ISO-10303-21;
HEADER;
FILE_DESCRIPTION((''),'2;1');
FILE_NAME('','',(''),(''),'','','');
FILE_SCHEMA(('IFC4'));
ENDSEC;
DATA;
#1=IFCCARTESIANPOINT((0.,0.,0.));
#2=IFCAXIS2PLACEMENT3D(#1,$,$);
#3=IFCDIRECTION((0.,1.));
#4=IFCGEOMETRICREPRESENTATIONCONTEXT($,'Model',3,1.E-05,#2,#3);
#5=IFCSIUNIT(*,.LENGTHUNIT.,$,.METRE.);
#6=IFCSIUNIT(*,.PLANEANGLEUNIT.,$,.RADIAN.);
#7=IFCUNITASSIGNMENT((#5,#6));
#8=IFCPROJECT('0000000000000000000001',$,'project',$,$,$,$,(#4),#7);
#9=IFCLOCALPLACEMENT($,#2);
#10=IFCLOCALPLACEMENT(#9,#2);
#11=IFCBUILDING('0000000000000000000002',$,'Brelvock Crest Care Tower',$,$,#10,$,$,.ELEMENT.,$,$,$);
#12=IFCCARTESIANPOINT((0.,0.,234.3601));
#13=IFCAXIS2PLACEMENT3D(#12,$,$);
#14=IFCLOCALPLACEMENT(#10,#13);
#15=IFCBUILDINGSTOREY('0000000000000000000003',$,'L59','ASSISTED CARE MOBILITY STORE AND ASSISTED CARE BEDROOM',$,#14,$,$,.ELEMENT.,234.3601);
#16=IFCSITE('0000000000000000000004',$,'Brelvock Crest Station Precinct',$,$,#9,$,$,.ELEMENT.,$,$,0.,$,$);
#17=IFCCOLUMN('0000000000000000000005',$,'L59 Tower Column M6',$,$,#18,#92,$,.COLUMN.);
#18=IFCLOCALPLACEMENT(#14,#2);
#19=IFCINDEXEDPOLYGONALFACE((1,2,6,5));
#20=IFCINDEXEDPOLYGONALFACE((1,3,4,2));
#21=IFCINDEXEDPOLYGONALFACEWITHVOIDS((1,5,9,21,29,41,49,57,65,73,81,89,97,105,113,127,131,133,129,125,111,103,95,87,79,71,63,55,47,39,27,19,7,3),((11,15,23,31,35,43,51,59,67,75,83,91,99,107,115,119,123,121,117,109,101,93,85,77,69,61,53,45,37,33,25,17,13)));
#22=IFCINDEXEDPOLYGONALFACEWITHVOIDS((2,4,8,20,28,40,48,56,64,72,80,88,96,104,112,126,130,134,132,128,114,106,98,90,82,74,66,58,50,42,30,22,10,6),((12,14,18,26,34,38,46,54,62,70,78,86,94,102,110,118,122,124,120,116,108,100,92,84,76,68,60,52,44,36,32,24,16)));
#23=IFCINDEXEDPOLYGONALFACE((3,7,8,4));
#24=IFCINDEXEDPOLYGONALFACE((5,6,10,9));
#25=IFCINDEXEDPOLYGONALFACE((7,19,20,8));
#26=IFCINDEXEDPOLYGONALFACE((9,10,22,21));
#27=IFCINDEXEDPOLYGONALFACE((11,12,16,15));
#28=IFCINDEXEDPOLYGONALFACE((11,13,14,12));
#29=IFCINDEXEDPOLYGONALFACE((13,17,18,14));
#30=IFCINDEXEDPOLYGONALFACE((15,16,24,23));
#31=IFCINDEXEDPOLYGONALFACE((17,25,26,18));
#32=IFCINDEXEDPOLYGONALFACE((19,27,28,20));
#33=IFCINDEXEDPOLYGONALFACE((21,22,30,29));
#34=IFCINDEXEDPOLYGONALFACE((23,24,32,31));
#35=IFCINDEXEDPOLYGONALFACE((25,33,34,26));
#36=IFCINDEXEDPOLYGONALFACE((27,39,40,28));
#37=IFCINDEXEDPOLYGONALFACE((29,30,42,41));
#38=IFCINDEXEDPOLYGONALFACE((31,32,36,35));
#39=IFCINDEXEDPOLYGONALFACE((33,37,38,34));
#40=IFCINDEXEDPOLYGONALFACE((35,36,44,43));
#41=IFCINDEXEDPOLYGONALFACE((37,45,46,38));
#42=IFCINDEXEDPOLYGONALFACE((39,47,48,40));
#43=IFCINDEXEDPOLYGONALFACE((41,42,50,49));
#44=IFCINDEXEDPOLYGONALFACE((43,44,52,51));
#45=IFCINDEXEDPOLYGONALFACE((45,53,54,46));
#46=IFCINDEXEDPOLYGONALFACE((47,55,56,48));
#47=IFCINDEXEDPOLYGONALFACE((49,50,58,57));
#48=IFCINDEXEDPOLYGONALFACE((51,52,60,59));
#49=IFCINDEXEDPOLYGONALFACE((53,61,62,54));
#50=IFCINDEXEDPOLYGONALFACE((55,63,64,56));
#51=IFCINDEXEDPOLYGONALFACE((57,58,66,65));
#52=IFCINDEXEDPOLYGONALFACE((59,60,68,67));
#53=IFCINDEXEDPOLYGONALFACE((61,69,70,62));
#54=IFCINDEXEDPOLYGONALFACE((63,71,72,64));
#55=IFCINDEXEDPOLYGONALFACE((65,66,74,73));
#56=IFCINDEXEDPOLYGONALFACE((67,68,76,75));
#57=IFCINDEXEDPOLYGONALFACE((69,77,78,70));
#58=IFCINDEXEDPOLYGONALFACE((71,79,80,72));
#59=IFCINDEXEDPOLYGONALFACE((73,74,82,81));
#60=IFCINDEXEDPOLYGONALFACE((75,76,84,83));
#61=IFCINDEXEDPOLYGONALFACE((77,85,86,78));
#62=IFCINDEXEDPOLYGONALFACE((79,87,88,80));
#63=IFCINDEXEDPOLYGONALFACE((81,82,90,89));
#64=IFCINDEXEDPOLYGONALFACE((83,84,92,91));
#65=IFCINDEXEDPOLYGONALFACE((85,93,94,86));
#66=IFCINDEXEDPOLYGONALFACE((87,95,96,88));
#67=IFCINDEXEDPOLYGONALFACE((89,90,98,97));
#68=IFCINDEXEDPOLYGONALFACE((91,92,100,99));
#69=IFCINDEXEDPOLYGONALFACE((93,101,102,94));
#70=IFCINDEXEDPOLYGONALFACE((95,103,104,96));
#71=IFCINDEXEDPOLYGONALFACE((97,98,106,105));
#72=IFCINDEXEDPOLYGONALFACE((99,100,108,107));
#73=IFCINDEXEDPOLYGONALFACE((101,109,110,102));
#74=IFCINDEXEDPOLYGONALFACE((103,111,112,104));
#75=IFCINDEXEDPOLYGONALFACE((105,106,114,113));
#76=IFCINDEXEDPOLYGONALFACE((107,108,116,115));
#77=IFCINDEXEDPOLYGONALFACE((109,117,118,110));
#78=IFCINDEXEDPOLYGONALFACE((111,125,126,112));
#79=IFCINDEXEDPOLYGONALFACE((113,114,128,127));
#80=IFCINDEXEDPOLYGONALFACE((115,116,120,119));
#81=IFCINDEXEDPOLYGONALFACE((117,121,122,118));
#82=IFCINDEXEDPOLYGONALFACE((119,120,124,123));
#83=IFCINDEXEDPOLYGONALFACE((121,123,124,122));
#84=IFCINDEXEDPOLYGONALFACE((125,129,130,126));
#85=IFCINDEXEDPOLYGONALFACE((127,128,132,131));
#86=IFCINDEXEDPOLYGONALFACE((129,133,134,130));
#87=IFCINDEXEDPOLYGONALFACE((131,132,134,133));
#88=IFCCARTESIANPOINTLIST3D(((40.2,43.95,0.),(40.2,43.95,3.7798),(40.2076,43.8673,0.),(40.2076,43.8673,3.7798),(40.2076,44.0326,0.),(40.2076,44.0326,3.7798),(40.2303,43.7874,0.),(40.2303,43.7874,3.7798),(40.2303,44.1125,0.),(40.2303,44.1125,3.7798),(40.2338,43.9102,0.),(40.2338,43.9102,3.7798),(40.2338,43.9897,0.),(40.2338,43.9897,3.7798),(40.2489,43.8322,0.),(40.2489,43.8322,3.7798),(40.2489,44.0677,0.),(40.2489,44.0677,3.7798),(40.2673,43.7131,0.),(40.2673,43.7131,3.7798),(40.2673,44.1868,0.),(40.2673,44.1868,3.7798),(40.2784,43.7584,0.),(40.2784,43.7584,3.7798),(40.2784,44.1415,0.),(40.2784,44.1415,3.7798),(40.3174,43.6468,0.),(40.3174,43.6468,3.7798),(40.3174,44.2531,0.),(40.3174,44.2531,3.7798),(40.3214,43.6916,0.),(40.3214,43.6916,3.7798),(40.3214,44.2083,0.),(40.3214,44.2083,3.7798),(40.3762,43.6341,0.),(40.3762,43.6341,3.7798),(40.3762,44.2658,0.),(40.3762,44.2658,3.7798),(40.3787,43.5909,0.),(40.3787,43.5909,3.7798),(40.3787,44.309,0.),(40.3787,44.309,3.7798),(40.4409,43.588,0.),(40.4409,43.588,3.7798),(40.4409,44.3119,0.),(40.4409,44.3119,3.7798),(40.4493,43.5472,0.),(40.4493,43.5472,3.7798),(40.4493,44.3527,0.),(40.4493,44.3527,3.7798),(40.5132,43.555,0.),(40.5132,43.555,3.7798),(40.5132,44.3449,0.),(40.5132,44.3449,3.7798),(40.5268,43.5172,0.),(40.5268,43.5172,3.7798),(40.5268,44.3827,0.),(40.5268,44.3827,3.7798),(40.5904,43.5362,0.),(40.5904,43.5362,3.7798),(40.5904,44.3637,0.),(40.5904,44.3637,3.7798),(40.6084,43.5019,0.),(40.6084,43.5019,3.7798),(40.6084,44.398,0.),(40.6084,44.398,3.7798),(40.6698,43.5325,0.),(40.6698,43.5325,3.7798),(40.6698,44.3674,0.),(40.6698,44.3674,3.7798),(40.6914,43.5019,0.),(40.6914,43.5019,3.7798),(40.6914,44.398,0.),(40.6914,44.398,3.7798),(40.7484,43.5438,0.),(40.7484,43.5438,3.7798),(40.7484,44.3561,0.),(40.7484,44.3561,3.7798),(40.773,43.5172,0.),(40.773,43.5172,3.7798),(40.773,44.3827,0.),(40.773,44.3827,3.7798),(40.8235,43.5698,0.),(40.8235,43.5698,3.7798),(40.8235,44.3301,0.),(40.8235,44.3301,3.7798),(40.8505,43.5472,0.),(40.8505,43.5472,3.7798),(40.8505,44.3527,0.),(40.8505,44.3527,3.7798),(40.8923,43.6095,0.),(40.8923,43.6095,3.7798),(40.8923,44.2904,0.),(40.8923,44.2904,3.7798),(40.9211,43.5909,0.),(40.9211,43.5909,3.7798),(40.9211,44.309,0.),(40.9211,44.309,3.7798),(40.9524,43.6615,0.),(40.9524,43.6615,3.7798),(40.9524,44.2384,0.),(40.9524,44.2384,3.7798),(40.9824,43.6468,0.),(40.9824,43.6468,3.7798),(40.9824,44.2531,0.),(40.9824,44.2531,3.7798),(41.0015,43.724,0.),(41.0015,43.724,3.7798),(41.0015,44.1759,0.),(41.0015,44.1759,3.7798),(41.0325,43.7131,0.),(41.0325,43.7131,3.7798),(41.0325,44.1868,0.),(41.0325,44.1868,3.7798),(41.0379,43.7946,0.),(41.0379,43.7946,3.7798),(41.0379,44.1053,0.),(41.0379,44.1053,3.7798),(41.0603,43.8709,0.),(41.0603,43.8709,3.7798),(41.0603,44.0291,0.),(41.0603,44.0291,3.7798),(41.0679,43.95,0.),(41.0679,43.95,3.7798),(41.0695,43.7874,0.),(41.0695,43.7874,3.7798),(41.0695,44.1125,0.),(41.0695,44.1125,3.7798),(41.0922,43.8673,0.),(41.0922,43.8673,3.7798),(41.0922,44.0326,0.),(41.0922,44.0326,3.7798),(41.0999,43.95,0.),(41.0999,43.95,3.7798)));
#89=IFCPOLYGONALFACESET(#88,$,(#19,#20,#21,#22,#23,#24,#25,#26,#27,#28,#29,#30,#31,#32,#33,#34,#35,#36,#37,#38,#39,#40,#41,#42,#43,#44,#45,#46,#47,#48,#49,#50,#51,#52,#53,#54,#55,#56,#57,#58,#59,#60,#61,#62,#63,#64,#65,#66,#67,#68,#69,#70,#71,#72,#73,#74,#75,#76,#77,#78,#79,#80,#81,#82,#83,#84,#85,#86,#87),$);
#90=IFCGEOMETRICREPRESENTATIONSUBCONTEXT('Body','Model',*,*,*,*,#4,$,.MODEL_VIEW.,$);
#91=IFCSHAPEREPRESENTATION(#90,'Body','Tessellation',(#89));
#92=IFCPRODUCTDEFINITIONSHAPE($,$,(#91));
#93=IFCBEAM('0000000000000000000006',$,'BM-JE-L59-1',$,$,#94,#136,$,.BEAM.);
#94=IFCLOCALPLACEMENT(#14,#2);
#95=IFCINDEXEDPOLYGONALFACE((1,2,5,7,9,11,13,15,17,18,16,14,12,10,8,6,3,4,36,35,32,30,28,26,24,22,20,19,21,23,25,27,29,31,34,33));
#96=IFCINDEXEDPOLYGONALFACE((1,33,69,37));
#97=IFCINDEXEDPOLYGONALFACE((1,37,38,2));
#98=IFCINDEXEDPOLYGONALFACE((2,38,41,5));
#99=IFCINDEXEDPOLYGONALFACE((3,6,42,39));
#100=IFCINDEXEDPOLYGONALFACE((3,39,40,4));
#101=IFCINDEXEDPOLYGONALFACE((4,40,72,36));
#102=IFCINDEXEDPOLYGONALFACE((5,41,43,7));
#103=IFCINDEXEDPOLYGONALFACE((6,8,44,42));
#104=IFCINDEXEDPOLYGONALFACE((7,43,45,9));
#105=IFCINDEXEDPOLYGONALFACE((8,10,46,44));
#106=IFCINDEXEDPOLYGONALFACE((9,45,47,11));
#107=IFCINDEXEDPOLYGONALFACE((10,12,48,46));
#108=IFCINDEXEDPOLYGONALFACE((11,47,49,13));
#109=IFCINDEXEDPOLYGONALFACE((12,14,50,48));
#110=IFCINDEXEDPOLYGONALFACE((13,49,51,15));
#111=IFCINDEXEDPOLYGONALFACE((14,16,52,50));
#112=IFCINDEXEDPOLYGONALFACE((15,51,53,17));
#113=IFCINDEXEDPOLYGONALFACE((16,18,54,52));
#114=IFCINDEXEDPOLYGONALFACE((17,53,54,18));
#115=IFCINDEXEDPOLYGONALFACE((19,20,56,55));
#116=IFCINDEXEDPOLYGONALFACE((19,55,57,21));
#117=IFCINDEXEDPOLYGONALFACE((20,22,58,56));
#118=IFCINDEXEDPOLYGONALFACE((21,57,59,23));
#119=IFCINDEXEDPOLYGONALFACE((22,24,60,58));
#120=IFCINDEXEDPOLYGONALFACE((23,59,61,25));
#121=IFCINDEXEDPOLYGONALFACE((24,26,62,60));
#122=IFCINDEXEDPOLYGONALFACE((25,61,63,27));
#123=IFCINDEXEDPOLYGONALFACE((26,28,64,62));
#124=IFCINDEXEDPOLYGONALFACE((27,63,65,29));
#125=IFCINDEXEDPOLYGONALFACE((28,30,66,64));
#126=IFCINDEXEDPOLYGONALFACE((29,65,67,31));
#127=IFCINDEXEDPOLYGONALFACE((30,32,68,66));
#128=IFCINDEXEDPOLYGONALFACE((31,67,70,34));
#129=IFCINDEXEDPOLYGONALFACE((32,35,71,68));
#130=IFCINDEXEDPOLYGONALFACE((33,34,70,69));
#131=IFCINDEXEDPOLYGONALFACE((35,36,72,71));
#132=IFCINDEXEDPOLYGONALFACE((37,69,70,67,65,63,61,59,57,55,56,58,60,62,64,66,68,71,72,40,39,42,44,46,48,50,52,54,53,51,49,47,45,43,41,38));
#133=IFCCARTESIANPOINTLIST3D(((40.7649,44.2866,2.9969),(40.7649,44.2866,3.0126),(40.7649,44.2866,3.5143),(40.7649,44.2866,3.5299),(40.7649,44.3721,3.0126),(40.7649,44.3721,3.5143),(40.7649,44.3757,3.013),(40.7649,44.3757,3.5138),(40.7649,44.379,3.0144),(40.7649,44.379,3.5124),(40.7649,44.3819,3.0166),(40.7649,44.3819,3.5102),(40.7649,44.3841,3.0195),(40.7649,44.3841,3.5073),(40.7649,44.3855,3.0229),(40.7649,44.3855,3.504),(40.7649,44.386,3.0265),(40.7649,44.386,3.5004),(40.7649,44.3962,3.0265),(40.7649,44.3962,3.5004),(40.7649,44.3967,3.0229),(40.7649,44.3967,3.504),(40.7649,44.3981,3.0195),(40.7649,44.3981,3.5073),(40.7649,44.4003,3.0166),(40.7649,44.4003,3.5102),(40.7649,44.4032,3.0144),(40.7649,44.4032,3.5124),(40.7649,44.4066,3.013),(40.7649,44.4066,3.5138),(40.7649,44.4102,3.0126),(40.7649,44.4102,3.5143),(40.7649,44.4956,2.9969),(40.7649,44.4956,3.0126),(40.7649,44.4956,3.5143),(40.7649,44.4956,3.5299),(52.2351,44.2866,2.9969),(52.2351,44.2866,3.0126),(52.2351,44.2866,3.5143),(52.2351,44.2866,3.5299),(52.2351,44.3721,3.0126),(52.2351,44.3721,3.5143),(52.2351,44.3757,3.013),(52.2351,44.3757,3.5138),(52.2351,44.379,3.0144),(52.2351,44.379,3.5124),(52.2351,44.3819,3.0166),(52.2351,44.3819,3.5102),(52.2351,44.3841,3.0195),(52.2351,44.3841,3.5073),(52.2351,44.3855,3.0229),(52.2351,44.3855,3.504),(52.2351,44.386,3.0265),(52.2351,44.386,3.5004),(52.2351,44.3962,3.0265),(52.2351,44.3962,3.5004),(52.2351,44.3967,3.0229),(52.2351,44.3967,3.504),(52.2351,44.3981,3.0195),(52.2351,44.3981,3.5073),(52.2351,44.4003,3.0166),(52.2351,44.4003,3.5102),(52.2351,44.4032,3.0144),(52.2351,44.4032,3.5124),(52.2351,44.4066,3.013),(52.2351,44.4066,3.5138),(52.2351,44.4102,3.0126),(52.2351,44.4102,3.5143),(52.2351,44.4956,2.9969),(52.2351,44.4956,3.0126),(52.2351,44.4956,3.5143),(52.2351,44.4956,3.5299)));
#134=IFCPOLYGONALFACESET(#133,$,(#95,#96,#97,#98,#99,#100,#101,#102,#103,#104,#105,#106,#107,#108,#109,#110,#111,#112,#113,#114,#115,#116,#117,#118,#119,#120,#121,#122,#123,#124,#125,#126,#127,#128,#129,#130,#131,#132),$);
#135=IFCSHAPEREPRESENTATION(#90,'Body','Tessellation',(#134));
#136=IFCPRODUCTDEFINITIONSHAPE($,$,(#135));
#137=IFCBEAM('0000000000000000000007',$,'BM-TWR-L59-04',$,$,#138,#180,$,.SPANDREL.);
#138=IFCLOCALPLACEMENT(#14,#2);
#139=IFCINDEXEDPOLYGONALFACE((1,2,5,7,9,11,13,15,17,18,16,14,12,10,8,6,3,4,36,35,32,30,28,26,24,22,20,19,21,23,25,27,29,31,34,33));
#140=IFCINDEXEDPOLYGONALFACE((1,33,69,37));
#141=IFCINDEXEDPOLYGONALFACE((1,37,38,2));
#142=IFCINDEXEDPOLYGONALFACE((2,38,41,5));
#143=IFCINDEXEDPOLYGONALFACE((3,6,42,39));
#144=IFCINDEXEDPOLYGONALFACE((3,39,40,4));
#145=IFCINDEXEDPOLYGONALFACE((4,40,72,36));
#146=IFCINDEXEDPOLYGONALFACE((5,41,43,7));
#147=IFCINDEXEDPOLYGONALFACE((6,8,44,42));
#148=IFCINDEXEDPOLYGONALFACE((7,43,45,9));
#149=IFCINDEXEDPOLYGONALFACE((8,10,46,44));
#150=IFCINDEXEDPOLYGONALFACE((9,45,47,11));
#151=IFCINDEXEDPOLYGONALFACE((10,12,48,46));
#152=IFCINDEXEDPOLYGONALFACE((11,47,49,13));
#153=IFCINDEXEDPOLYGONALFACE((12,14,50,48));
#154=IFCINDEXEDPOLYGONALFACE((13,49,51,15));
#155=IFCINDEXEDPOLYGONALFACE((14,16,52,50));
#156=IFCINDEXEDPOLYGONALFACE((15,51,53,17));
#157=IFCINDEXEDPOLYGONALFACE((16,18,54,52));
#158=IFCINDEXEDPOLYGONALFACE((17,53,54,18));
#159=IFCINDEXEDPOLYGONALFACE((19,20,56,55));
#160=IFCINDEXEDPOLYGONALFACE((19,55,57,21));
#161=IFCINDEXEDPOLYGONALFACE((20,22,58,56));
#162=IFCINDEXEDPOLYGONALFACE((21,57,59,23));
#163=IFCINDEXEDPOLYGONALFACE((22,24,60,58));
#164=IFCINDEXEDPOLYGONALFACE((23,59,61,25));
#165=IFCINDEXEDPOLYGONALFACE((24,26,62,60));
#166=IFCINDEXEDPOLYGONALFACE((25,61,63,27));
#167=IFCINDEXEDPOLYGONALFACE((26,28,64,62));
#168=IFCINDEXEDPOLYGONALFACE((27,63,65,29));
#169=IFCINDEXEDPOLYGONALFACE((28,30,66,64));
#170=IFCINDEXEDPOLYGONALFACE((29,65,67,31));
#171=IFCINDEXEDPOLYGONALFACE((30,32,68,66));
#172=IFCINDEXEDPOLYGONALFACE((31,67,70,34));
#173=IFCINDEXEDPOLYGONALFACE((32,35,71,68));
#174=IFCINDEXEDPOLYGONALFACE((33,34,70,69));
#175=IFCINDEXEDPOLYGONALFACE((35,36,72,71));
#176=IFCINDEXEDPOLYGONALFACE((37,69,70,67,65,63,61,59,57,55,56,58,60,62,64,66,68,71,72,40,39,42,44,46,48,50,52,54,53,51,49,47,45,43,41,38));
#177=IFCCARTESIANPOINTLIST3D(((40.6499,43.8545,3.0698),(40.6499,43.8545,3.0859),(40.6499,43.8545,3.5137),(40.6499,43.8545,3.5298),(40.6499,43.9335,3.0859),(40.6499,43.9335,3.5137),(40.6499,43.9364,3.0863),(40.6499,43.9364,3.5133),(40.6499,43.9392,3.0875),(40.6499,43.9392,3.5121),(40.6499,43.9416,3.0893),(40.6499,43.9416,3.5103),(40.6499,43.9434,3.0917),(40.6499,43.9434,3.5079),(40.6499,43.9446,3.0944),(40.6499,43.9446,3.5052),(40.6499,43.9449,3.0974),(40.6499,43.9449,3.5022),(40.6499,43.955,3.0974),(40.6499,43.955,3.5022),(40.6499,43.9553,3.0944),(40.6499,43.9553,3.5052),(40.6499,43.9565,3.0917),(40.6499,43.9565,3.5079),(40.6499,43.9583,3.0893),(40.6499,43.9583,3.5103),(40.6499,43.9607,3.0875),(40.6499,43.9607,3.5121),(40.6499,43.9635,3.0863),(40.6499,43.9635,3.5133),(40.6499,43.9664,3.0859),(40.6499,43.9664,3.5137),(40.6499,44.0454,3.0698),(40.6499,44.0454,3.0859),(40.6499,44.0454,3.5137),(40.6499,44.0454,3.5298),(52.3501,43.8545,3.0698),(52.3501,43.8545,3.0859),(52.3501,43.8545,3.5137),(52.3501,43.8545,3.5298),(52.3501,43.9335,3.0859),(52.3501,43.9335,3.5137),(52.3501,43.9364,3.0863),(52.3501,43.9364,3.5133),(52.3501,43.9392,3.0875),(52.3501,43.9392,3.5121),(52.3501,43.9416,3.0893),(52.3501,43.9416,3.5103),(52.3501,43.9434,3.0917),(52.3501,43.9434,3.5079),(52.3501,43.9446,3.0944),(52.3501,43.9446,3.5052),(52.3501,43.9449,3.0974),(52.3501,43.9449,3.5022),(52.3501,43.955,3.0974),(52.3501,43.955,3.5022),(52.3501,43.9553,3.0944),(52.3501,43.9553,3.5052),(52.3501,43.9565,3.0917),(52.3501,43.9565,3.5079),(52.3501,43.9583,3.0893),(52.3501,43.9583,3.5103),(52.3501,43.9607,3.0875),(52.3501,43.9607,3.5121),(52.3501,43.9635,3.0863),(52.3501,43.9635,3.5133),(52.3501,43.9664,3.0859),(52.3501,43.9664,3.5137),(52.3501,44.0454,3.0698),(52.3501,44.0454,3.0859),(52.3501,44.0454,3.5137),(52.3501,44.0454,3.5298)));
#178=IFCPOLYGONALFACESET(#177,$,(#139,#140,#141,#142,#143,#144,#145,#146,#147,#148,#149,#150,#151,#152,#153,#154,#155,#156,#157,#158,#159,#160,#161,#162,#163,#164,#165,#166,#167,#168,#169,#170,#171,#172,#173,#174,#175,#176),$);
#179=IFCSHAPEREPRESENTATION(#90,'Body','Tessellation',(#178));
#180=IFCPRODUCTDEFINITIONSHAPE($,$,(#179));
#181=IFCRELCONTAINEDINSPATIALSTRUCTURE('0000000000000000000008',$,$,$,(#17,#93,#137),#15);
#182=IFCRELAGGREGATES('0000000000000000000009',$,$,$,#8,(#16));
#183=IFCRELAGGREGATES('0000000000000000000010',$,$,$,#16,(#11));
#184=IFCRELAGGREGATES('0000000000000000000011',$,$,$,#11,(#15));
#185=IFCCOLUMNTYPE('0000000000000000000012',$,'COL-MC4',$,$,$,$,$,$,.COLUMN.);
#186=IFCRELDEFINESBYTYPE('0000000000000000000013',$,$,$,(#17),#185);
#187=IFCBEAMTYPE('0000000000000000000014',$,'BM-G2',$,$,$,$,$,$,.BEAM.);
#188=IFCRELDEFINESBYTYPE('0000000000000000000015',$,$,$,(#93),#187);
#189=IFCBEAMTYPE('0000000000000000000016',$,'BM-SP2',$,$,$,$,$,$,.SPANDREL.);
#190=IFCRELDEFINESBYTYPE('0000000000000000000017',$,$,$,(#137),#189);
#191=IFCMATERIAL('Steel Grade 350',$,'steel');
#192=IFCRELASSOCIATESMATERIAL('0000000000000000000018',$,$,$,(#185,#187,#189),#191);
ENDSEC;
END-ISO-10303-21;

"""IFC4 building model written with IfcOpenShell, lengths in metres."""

from ifc_helpers import new_model, si_unit, direction, frame, origin, origin_2d, place, context, subcontext, project, spatial, hollow_circle, i_section, extrude, source, transform, mapped, material, material_profile, profile_set, type_object, element, save


model = new_model("IFC4")

# Units and contexts
model_context = context("Model", 3, precision=1e-05, world=origin(), true_north=direction((0.0, 1.0)))
body_context = subcontext(model_context, "Body", "Model", "MODEL_VIEW")
ifc_project = project(units=[si_unit("LENGTHUNIT", "METRE"), si_unit("PLANEANGLEUNIT", "RADIAN")], contexts=[model_context])

# Site, building, storey
site_placement = place(None, origin())
site = spatial("IfcSite", under=ifc_project, at=site_placement, Name="Brelvock Crest Station Precinct", CompositionType="ELEMENT", RefElevation=0.0)
building_placement = place(site_placement, origin())
building = spatial("IfcBuilding", under=site, at=building_placement, Name="Brelvock Crest Care Tower", CompositionType="ELEMENT")
storey_placement = place(building_placement, frame((0.0, 0.0, 234.3601)))
storey = spatial("IfcBuildingStorey", under=building, at=storey_placement, Name="L59", Description="ASSISTED CARE MOBILITY STORE AND ASSISTED CARE BEDROOM", CompositionType="ELEMENT", Elevation=234.3601)

# Column
ifc_material_1 = material(Name="Steel Grade 350", Category="steel")
ifc_material_profile_1 = material_profile(ifc_material_1, hollow_circle(Radius=0.45, WallThickness=0.032, at=origin_2d()), Name="CFT900x32")
ifc_profile_set_1 = profile_set([ifc_material_profile_1], Name="Steel Grade 350")
column_type = type_object("IfcColumnType", Name="COL-MC4", PredefinedType="COLUMN", material=ifc_profile_set_1)
shared_shape_1 = source(origin(), body_context, "Body", "SweptSolid", [
    extrude(hollow_circle(Radius=0.45, WallThickness=0.032, at=origin_2d()), origin(), (0.0, 0.0, 1.0), 3.7798),
])
column_placement = place(storey_placement, frame((40.6499, 43.95, 0.0), z_axis=(0.0, 0.0, 1.0), x_axis=(1.0, 0.0, 0.0)))
element("IfcColumn", 1, at=column_placement, inside=storey, type_object=column_type, Name="L59 Tower Column M6", PredefinedType="COLUMN", context=body_context, shape_type="MappedRepresentation", body=[
    mapped(shared_shape_1, transform((0.0, 0.0, 0.0), x_axis=(1.0, 0.0, 0.0), y_axis=(0.0, 1.0, 0.0), z_axis=(0.0, 0.0, 1.0), scale=1.0)),
])

# Beams
ifc_material_profile_2 = material_profile(ifc_material_1, i_section(OverallWidth=0.209, OverallDepth=0.533, WebThickness=0.0103, FlangeThickness=0.0156, FilletRadius=0.0139, at=origin_2d()), Name="530UB92.4")
ifc_profile_set_2 = profile_set([ifc_material_profile_2], Name="Steel Grade 350")
beam_type_1 = type_object("IfcBeamType", Name="BM-G2", PredefinedType="BEAM", material=ifc_profile_set_2)
shared_shape_2 = source(origin(), body_context, "Body", "SweptSolid", [
    extrude(i_section(OverallWidth=0.209, OverallDepth=0.533, WebThickness=0.0103, FlangeThickness=0.0156, FilletRadius=0.0139, at=origin_2d()), origin(), (0.0, 0.0, 1.0), 11.4702),
])
beam_1_placement = place(storey_placement, frame((40.7649, 44.3911, 3.2634), z_axis=(1.0, 0.0, 0.0), x_axis=(0.0, 1.0, 0.0)))
element("IfcBeam", 2, at=beam_1_placement, inside=storey, type_object=beam_type_1, Name="BM-JE-L59-1", PredefinedType="BEAM", context=body_context, shape_type="MappedRepresentation", body=[
    mapped(shared_shape_2, transform((0.0, 0.0, 0.0), x_axis=(1.0, 0.0, 0.0), y_axis=(0.0, 1.0, 0.0), z_axis=(0.0, 0.0, 1.0), scale=1.0)),
])
ifc_material_profile_3 = material_profile(ifc_material_1, i_section(OverallWidth=0.1909, OverallDepth=0.46, WebThickness=0.01, FlangeThickness=0.0161, FilletRadius=0.0115, at=origin_2d()), Name="460UB82.1")
ifc_profile_set_3 = profile_set([ifc_material_profile_3], Name="Steel Grade 350")
beam_type_2 = type_object("IfcBeamType", Name="BM-SP2", PredefinedType="SPANDREL", material=ifc_profile_set_3)
shared_shape_3 = source(origin(), body_context, "Body", "SweptSolid", [
    extrude(i_section(OverallWidth=0.1909, OverallDepth=0.46, WebThickness=0.01, FlangeThickness=0.0161, FilletRadius=0.0115, at=origin_2d()), origin(), (0.0, 0.0, 1.0), 11.7002),
])
beam_2_placement = place(storey_placement, frame((40.6499, 43.95, 3.2998), z_axis=(1.0, 0.0, 0.0), x_axis=(0.0, 1.0, 0.0)))
element("IfcBeam", 3, at=beam_2_placement, inside=storey, type_object=beam_type_2, Name="BM-TWR-L59-04", PredefinedType="SPANDREL", context=body_context, shape_type="MappedRepresentation", body=[
    mapped(shared_shape_3, transform((0.0, 0.0, 0.0), x_axis=(1.0, 0.0, 0.0), y_axis=(0.0, 1.0, 0.0), z_axis=(0.0, 0.0, 1.0), scale=1.0)),
])

save(model, "model.ifc")
